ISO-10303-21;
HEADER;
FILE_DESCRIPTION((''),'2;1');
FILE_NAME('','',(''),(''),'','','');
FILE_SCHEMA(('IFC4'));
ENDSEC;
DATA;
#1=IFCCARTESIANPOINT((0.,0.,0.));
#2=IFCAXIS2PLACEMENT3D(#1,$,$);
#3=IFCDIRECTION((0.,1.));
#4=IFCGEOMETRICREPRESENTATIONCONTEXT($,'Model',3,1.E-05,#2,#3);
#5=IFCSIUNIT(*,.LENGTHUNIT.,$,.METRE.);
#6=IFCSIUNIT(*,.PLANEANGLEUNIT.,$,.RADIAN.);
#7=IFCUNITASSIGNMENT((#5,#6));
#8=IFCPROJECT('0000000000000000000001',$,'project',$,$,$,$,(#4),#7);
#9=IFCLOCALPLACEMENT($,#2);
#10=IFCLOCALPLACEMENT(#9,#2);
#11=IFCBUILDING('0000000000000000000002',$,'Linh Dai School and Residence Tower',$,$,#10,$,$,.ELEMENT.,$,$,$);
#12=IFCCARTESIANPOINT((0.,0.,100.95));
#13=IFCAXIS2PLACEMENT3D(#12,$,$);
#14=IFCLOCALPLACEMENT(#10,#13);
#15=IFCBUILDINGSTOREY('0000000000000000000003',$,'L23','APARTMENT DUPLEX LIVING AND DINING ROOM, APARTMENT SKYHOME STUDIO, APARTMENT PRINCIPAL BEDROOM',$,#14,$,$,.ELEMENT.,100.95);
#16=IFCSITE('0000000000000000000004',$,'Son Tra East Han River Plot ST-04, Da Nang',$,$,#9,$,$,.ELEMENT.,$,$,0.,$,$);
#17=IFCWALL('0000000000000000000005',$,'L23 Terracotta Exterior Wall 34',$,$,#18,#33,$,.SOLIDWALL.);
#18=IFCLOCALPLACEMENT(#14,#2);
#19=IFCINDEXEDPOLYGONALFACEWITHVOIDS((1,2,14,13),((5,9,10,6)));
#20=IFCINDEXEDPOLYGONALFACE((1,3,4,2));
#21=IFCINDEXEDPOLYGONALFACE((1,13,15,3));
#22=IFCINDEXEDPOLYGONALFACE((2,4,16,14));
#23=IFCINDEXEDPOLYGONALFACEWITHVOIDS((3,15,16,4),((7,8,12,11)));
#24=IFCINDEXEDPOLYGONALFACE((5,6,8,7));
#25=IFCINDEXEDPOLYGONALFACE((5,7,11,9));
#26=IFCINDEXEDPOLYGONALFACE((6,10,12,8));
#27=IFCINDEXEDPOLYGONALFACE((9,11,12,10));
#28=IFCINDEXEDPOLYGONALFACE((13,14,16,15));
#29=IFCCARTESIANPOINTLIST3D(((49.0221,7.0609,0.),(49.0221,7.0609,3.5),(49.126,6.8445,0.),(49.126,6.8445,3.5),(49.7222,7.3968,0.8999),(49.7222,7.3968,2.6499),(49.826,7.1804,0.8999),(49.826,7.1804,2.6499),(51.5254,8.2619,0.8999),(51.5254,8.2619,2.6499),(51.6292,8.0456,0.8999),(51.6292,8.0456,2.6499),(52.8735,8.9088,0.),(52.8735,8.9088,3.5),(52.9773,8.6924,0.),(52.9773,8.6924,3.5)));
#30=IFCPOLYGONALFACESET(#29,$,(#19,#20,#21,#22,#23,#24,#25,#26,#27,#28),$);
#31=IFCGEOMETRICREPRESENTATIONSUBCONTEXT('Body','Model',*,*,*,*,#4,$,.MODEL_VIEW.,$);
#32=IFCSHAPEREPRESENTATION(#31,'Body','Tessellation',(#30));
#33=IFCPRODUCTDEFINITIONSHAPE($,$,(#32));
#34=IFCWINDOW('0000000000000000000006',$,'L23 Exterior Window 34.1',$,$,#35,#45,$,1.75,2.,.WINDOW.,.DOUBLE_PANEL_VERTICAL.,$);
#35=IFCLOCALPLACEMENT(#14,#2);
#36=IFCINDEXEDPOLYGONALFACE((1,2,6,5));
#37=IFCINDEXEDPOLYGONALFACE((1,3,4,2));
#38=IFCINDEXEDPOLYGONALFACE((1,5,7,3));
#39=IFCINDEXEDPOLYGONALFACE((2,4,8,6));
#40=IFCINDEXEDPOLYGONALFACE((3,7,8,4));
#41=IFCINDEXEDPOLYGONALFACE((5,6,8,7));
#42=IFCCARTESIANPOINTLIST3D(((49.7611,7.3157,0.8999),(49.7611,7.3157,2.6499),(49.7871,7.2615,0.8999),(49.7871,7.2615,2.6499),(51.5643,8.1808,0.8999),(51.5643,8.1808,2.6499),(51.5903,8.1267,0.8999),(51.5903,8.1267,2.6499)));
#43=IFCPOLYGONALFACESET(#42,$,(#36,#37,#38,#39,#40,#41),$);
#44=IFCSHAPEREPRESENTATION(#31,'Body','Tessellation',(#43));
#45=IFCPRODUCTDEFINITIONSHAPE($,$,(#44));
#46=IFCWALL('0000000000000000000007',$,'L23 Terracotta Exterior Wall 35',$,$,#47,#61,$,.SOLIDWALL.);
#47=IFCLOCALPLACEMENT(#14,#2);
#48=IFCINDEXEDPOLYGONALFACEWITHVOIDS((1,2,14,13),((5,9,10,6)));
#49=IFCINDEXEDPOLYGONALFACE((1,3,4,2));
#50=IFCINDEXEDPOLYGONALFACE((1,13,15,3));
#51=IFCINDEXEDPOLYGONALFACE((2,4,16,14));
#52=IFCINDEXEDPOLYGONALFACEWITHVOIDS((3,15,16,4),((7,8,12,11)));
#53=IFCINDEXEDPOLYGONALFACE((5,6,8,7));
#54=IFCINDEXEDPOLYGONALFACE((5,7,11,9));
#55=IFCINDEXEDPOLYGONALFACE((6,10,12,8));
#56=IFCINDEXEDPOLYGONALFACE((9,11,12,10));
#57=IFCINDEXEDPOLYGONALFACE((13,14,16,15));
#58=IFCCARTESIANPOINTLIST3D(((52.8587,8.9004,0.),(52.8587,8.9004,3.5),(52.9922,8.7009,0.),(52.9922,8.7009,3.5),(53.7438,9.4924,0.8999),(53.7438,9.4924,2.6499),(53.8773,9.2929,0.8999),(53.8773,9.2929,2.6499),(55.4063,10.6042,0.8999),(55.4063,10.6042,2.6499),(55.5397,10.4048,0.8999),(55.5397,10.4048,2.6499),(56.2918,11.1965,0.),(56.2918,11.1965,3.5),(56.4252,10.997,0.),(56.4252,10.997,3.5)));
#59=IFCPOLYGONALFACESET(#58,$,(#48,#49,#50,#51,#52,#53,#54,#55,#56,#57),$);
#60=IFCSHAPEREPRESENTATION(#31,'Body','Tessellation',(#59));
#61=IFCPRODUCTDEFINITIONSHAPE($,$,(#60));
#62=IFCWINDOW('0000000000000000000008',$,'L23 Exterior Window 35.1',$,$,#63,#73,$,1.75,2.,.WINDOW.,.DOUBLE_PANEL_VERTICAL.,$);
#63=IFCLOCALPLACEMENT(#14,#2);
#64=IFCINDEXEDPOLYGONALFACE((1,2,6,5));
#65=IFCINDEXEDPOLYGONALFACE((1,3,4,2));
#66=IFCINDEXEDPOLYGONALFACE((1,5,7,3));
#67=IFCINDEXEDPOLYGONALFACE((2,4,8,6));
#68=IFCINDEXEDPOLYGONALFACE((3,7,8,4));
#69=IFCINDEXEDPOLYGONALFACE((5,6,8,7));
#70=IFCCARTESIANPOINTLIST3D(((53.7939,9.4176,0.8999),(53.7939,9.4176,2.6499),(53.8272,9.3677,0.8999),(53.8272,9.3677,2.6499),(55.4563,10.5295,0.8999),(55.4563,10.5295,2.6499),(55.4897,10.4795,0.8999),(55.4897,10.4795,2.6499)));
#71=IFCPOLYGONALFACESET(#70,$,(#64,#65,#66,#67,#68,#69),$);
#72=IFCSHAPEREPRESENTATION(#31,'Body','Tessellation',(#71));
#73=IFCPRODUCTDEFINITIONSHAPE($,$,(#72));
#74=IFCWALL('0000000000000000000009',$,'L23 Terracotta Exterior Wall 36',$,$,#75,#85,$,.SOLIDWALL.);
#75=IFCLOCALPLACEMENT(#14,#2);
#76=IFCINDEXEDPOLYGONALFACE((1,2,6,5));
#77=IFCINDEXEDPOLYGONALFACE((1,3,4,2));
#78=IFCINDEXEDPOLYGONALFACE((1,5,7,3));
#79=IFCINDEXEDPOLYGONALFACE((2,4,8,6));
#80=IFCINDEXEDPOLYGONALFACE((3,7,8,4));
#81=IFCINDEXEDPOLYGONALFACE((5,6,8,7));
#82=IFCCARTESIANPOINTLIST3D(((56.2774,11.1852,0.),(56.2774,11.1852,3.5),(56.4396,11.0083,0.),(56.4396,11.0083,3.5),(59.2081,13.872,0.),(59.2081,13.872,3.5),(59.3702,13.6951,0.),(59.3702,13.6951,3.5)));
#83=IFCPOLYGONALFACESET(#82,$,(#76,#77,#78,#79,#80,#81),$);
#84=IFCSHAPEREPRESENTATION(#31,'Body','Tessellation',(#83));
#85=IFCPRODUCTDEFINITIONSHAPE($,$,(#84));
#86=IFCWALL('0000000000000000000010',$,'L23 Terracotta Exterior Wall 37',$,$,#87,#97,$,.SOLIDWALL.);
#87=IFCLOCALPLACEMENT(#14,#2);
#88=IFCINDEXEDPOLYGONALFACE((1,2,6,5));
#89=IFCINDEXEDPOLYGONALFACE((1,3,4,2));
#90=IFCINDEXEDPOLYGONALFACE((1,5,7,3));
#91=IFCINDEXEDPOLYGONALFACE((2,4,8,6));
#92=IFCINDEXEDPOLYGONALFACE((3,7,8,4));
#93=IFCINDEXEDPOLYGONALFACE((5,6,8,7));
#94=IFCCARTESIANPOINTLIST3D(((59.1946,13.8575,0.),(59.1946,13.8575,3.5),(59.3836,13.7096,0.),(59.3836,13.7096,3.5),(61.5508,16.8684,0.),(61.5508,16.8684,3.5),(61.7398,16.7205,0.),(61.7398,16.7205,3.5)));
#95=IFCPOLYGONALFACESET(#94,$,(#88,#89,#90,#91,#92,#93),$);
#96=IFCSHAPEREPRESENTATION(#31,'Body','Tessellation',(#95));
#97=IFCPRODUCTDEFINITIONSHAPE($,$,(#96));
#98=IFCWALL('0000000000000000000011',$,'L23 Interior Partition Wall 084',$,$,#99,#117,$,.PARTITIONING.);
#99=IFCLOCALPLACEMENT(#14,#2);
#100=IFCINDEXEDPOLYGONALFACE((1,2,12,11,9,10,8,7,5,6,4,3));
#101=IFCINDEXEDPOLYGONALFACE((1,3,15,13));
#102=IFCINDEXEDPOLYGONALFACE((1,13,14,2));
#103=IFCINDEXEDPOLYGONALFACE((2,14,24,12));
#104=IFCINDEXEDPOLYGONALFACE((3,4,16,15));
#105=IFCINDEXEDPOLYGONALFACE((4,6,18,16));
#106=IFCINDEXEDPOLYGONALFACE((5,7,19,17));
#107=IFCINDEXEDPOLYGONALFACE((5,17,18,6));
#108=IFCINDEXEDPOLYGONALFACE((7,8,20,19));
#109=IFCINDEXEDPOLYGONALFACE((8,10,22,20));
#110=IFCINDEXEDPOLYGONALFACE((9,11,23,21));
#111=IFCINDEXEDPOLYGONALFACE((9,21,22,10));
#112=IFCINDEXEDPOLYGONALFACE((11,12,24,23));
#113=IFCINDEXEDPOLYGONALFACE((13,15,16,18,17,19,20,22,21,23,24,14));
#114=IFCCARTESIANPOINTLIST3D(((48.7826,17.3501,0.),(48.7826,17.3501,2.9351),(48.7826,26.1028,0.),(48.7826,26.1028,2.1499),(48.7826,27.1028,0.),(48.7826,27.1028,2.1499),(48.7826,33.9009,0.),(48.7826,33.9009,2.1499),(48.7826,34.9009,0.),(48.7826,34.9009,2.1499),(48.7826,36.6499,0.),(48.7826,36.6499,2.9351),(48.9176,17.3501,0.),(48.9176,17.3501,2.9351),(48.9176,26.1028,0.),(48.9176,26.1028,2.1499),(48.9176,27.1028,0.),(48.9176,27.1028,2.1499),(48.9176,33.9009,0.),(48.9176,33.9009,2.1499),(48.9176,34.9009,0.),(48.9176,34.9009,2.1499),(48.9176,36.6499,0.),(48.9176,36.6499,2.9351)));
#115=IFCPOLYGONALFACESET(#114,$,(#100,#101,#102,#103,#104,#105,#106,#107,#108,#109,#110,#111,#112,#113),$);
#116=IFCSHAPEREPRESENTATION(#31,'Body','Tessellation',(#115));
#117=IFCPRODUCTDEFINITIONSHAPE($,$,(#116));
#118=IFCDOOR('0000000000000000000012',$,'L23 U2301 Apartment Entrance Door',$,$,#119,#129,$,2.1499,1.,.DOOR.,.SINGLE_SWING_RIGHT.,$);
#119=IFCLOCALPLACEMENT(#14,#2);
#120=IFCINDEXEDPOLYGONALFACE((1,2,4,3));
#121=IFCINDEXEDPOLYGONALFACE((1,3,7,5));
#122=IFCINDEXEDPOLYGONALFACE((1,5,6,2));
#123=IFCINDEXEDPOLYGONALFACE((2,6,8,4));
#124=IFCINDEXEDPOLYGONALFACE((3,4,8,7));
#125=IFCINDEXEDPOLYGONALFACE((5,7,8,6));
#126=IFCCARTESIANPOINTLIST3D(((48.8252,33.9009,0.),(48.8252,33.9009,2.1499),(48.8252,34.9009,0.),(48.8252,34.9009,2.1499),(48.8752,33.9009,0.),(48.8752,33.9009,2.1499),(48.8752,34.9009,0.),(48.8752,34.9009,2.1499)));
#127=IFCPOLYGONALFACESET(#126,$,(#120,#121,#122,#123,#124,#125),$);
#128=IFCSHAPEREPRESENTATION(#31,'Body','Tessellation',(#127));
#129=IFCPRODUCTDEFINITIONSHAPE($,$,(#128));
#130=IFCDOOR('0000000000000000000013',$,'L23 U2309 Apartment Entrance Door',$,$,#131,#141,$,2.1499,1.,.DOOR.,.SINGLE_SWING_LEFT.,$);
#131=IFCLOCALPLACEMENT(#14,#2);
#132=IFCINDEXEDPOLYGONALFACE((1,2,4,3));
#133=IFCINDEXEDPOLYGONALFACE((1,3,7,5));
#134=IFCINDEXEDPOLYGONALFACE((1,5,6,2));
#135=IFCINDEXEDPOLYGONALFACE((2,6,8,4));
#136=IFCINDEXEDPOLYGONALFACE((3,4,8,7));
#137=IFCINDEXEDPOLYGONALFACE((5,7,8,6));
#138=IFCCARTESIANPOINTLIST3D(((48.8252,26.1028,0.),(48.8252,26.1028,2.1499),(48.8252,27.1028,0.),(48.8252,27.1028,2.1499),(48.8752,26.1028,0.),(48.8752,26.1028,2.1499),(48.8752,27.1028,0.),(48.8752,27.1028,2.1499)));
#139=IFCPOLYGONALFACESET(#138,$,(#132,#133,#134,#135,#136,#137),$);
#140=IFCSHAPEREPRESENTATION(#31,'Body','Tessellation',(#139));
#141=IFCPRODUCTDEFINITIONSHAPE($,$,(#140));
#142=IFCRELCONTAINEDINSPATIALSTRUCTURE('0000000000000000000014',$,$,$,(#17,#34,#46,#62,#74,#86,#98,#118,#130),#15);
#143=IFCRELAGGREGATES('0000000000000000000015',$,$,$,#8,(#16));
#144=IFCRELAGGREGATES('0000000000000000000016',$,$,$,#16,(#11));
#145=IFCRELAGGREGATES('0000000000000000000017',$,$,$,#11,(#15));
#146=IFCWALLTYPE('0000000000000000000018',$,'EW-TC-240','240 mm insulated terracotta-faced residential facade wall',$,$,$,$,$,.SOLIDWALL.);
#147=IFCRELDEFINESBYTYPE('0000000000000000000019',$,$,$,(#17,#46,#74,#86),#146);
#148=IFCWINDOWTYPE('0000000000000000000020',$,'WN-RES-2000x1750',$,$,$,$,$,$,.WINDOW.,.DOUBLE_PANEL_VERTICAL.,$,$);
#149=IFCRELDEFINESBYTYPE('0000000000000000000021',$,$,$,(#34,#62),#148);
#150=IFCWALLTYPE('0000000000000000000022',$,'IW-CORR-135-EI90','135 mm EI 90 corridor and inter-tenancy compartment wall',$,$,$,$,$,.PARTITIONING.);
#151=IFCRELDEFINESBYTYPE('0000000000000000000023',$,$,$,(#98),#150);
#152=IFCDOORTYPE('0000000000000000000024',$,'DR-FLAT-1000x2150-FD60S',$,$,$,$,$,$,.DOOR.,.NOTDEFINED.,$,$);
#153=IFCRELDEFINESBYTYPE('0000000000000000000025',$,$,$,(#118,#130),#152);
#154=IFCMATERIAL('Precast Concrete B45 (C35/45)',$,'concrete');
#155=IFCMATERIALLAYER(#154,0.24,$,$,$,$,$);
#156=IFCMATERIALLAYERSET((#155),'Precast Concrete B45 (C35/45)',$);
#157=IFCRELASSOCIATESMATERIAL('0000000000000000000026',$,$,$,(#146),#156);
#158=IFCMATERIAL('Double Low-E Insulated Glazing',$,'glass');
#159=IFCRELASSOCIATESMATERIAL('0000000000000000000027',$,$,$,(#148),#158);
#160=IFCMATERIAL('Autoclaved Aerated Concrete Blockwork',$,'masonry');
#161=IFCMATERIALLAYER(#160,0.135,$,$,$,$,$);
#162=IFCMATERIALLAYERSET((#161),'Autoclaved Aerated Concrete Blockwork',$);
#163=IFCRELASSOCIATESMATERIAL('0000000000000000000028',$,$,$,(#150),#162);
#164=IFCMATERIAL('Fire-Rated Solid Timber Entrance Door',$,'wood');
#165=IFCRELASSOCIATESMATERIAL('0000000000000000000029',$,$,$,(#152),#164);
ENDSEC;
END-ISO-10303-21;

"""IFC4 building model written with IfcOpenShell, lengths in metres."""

from ifc_helpers import new_model, si_unit, direction, frame, frame_2d, origin, origin_2d, place, context, subcontext, project, spatial, rectangle, extrude, source, transform, mapped, material, layer, layer_set, type_object, element, fill, save


model = new_model("IFC4")

# Units and contexts
model_context = context("Model", 3, precision=1e-05, world=origin(), true_north=direction((0.0, 1.0)))
body_context = subcontext(model_context, "Body", "Model", "MODEL_VIEW")
ifc_project = project(units=[si_unit("LENGTHUNIT", "METRE"), si_unit("PLANEANGLEUNIT", "RADIAN")], contexts=[model_context])

# Site, building, storey
site_placement = place(None, origin())
site = spatial("IfcSite", under=ifc_project, at=site_placement, Name="Son Tra East Han River Plot ST-04, Da Nang", CompositionType="ELEMENT", RefElevation=0.0)
building_placement = place(site_placement, origin())
building = spatial("IfcBuilding", under=site, at=building_placement, Name="Linh Dai School and Residence Tower", CompositionType="ELEMENT")
storey_placement = place(building_placement, frame((0.0, 0.0, 100.95)))
storey = spatial("IfcBuildingStorey", under=building, at=storey_placement, Name="L23", Description="APARTMENT DUPLEX LIVING AND DINING ROOM, APARTMENT SKYHOME STUDIO, APARTMENT PRINCIPAL BEDROOM", CompositionType="ELEMENT", Elevation=100.95)

# Shared definitions
ifc_material_1 = material(Name="Precast Concrete B45 (C35/45)", Category="concrete")

# Shared definitions
ifc_layer_1 = layer(ifc_material_1, 0.24)
ifc_layer_set_1 = layer_set([ifc_layer_1], Name="Precast Concrete B45 (C35/45)")
wall_type_1 = type_object("IfcWallType", Name="EW-TC-240", Description="240 mm insulated terracotta-faced residential facade wall", PredefinedType="SOLIDWALL", material=ifc_layer_set_1)

# Walls, openings, windows
ifc_material_2 = material(Name="Double Low-E Insulated Glazing", Category="glass")
window_type = type_object("IfcWindowType", Name="WN-RES-2000x1750", PartitioningType="DOUBLE_PANEL_VERTICAL", PredefinedType="WINDOW", material=ifc_material_2)
shared_shape_1 = source(origin(), body_context, "Body", "SweptSolid", [
    extrude(rectangle(XDim=2.0, YDim=1.75, at=origin_2d()), frame((1.0, 0.03, 0.875), z_axis=(0.0, -1.0, 0.0), x_axis=(1.0, 0.0, 0.0)), (0.0, 0.0, 1.0), 0.0601),
])
wall_1_placement = place(storey_placement, frame((52.9253, 8.8005, 0.0), z_axis=(0.0, 0.0, 1.0), x_axis=(-0.90159, -0.432592, 0.0)))
wall_1 = element("IfcWall", 1, at=wall_1_placement, inside=storey, type_object=wall_type_1, Name="L23 Terracotta Exterior Wall 34", PredefinedType="SOLIDWALL", context=body_context, shape_type="SweptSolid", body=[
    extrude(rectangle(XDim=4.2717, YDim=0.24, at=frame_2d((2.1357, 0.0))), origin(), (0.0, 0.0, 1.0), 3.5),
])
opening_1_placement = place(wall_1_placement, frame((1.4951, 0.0, 0.8999)))
opening_1 = element("IfcOpeningElement", 2, at=opening_1_placement, cuts=wall_1, PredefinedType="OPENING", context=body_context, shape_type="SweptSolid", body=[
    extrude(rectangle(XDim=2.0, YDim=1.75, at=origin_2d()), frame((1.0, 0.1299, 0.875), z_axis=(0.0, -1.0, 0.0), x_axis=(1.0, 0.0, 0.0)), (0.0, 0.0, 1.0), 0.26),
])
window_1_placement = place(opening_1_placement, origin())
window_1 = element("IfcWindow", 3, at=window_1_placement, inside=storey, type_object=window_type, Name="L23 Exterior Window 34.1", OverallHeight=1.75, OverallWidth=2.0, PartitioningType="DOUBLE_PANEL_VERTICAL", PredefinedType="WINDOW", context=body_context, shape_type="MappedRepresentation", body=[
    mapped(shared_shape_1, transform((0.0, 0.0, 0.0), x_axis=(1.0, 0.0, 0.0), y_axis=(0.0, 1.0, 0.0), z_axis=(0.0, 0.0, 1.0), scale=1.0)),
])
fill(opening_1, window_1)
wall_2_placement = place(storey_placement, frame((56.3584, 11.0967, 0.0), z_axis=(0.0, 0.0, 1.0), x_axis=(-0.831222, -0.555941, 0.0)))
wall_2 = element("IfcWall", 4, at=wall_2_placement, inside=storey, type_object=wall_type_1, Name="L23 Terracotta Exterior Wall 35", PredefinedType="SOLIDWALL", context=body_context, shape_type="SweptSolid", body=[
    extrude(rectangle(XDim=4.1301, YDim=0.24, at=frame_2d((2.0649, 0.0))), origin(), (0.0, 0.0, 1.0), 3.5),
])
opening_2_placement = place(wall_2_placement, frame((1.0652, 0.0, 0.8999)))
opening_2 = element("IfcOpeningElement", 5, at=opening_2_placement, cuts=wall_2, PredefinedType="OPENING", context=body_context, shape_type="SweptSolid", body=[
    extrude(rectangle(XDim=2.0, YDim=1.75, at=origin_2d()), frame((1.0, 0.1299, 0.875), z_axis=(0.0, -1.0, 0.0), x_axis=(1.0, 0.0, 0.0)), (0.0, 0.0, 1.0), 0.26),
])
window_2_placement = place(opening_2_placement, origin())
window_2 = element("IfcWindow", 6, at=window_2_placement, inside=storey, type_object=window_type, Name="L23 Exterior Window 35.1", OverallHeight=1.75, OverallWidth=2.0, PartitioningType="DOUBLE_PANEL_VERTICAL", PredefinedType="WINDOW", context=body_context, shape_type="MappedRepresentation", body=[
    mapped(shared_shape_1, transform((0.0, 0.0, 0.0), x_axis=(1.0, 0.0, 0.0), y_axis=(0.0, 1.0, 0.0), z_axis=(0.0, 0.0, 1.0), scale=1.0)),
])
fill(opening_2, window_2)

# Walls
wall_3_placement = place(storey_placement, frame((59.2891, 13.7834, 0.0), z_axis=(0.0, 0.0, 1.0), x_axis=(-0.737113, -0.675769, 0.0)))
element("IfcWall", 7, at=wall_3_placement, inside=storey, type_object=wall_type_1, Name="L23 Terracotta Exterior Wall 36", PredefinedType="SOLIDWALL", context=body_context, shape_type="SweptSolid", body=[
    extrude(rectangle(XDim=3.9758, YDim=0.24, at=frame_2d((1.9878, 0.0))), origin(), (0.0, 0.0, 1.0), 3.5),
])
wall_4_placement = place(storey_placement, frame((61.6453, 16.7944, 0.0), z_axis=(0.0, 0.0, 1.0), x_axis=(-0.616272, -0.787533, 0.0)))
element("IfcWall", 8, at=wall_4_placement, inside=storey, type_object=wall_type_1, Name="L23 Terracotta Exterior Wall 37", PredefinedType="SOLIDWALL", context=body_context, shape_type="SweptSolid", body=[
    extrude(rectangle(XDim=3.8232, YDim=0.24, at=frame_2d((1.9116, 0.0))), origin(), (0.0, 0.0, 1.0), 3.5),
])

# Wall, openings, doors
ifc_material_3 = material(Name="Autoclaved Aerated Concrete Blockwork", Category="masonry")
ifc_layer_2 = layer(ifc_material_3, 0.135)
ifc_layer_set_2 = layer_set([ifc_layer_2], Name="Autoclaved Aerated Concrete Blockwork")
wall_type_2 = type_object("IfcWallType", Name="IW-CORR-135-EI90", Description="135 mm EI 90 corridor and inter-tenancy compartment wall", PredefinedType="PARTITIONING", material=ifc_layer_set_2)
wall_5_placement = place(storey_placement, frame((48.8501, 17.3501, 0.0), z_axis=(0.0, 0.0, 1.0), x_axis=(0.0, 1.0, 0.0)))
wall_5 = element("IfcWall", 9, at=wall_5_placement, inside=storey, type_object=wall_type_2, Name="L23 Interior Partition Wall 084", PredefinedType="PARTITIONING", context=body_context, shape_type="SweptSolid", body=[
    extrude(rectangle(XDim=19.2998, YDim=0.135, at=frame_2d((9.6499, 0.0))), origin(), (0.0, 0.0, 1.0), 2.9351),
])
opening_3_placement = place(wall_5_placement, frame((16.5508, 0.0, 0.0)))
opening_3 = element("IfcOpeningElement", 10, at=opening_3_placement, cuts=wall_5, PredefinedType="OPENING", context=body_context, shape_type="SweptSolid", body=[
    extrude(rectangle(XDim=1.0, YDim=2.1499, at=origin_2d()), frame((0.5, 0.0776, 1.075), z_axis=(0.0, -1.0, 0.0), x_axis=(1.0, 0.0, 0.0)), (0.0, 0.0, 1.0), 0.155),
])
opening_4_placement = place(wall_5_placement, frame((8.7527, 0.0, 0.0)))
opening_4 = element("IfcOpeningElement", 11, at=opening_4_placement, cuts=wall_5, PredefinedType="OPENING", context=body_context, shape_type="SweptSolid", body=[
    extrude(rectangle(XDim=1.0, YDim=2.1499, at=origin_2d()), frame((0.5, 0.0776, 1.075), z_axis=(0.0, -1.0, 0.0), x_axis=(1.0, 0.0, 0.0)), (0.0, 0.0, 1.0), 0.155),
])
ifc_material_4 = material(Name="Fire-Rated Solid Timber Entrance Door", Category="wood")
door_type_1 = type_object("IfcDoorType", Name="DR-FLAT-1000x2150-FD60S", OperationType="NOTDEFINED", PredefinedType="DOOR", material=ifc_material_4)
shared_shape_2 = source(origin(), body_context, "Body", "SweptSolid", [
    extrude(rectangle(XDim=1.0, YDim=2.1499, at=origin_2d()), frame((0.5, 0.0249, 1.075), z_axis=(0.0, -1.0, 0.0), x_axis=(1.0, 0.0, 0.0)), (0.0, 0.0, 1.0), 0.05),
])
door_1_placement = place(opening_3_placement, origin())
door_1 = element("IfcDoor", 12, at=door_1_placement, inside=storey, type_object=door_type_1, Name="L23 U2301 Apartment Entrance Door", OperationType="SINGLE_SWING_RIGHT", OverallHeight=2.1499, OverallWidth=1.0, PredefinedType="DOOR", context=body_context, shape_type="MappedRepresentation", body=[
    mapped(shared_shape_2, transform((0.0, 0.0, 0.0), x_axis=(1.0, 0.0, 0.0), y_axis=(0.0, 1.0, 0.0), z_axis=(0.0, 0.0, 1.0), scale=1.0)),
])
fill(opening_3, door_1)
door_2_placement = place(opening_4_placement, origin())
door_2 = element("IfcDoor", 13, at=door_2_placement, inside=storey, type_object=door_type_1, Name="L23 U2309 Apartment Entrance Door", OperationType="SINGLE_SWING_LEFT", OverallHeight=2.1499, OverallWidth=1.0, PredefinedType="DOOR", context=body_context, shape_type="MappedRepresentation", body=[
    mapped(shared_shape_2, transform((0.0, 0.0, 0.0), x_axis=(1.0, 0.0, 0.0), y_axis=(0.0, 1.0, 0.0), z_axis=(0.0, 0.0, 1.0), scale=1.0)),
])
fill(opening_4, door_2)

save(model, "model.ifc")
